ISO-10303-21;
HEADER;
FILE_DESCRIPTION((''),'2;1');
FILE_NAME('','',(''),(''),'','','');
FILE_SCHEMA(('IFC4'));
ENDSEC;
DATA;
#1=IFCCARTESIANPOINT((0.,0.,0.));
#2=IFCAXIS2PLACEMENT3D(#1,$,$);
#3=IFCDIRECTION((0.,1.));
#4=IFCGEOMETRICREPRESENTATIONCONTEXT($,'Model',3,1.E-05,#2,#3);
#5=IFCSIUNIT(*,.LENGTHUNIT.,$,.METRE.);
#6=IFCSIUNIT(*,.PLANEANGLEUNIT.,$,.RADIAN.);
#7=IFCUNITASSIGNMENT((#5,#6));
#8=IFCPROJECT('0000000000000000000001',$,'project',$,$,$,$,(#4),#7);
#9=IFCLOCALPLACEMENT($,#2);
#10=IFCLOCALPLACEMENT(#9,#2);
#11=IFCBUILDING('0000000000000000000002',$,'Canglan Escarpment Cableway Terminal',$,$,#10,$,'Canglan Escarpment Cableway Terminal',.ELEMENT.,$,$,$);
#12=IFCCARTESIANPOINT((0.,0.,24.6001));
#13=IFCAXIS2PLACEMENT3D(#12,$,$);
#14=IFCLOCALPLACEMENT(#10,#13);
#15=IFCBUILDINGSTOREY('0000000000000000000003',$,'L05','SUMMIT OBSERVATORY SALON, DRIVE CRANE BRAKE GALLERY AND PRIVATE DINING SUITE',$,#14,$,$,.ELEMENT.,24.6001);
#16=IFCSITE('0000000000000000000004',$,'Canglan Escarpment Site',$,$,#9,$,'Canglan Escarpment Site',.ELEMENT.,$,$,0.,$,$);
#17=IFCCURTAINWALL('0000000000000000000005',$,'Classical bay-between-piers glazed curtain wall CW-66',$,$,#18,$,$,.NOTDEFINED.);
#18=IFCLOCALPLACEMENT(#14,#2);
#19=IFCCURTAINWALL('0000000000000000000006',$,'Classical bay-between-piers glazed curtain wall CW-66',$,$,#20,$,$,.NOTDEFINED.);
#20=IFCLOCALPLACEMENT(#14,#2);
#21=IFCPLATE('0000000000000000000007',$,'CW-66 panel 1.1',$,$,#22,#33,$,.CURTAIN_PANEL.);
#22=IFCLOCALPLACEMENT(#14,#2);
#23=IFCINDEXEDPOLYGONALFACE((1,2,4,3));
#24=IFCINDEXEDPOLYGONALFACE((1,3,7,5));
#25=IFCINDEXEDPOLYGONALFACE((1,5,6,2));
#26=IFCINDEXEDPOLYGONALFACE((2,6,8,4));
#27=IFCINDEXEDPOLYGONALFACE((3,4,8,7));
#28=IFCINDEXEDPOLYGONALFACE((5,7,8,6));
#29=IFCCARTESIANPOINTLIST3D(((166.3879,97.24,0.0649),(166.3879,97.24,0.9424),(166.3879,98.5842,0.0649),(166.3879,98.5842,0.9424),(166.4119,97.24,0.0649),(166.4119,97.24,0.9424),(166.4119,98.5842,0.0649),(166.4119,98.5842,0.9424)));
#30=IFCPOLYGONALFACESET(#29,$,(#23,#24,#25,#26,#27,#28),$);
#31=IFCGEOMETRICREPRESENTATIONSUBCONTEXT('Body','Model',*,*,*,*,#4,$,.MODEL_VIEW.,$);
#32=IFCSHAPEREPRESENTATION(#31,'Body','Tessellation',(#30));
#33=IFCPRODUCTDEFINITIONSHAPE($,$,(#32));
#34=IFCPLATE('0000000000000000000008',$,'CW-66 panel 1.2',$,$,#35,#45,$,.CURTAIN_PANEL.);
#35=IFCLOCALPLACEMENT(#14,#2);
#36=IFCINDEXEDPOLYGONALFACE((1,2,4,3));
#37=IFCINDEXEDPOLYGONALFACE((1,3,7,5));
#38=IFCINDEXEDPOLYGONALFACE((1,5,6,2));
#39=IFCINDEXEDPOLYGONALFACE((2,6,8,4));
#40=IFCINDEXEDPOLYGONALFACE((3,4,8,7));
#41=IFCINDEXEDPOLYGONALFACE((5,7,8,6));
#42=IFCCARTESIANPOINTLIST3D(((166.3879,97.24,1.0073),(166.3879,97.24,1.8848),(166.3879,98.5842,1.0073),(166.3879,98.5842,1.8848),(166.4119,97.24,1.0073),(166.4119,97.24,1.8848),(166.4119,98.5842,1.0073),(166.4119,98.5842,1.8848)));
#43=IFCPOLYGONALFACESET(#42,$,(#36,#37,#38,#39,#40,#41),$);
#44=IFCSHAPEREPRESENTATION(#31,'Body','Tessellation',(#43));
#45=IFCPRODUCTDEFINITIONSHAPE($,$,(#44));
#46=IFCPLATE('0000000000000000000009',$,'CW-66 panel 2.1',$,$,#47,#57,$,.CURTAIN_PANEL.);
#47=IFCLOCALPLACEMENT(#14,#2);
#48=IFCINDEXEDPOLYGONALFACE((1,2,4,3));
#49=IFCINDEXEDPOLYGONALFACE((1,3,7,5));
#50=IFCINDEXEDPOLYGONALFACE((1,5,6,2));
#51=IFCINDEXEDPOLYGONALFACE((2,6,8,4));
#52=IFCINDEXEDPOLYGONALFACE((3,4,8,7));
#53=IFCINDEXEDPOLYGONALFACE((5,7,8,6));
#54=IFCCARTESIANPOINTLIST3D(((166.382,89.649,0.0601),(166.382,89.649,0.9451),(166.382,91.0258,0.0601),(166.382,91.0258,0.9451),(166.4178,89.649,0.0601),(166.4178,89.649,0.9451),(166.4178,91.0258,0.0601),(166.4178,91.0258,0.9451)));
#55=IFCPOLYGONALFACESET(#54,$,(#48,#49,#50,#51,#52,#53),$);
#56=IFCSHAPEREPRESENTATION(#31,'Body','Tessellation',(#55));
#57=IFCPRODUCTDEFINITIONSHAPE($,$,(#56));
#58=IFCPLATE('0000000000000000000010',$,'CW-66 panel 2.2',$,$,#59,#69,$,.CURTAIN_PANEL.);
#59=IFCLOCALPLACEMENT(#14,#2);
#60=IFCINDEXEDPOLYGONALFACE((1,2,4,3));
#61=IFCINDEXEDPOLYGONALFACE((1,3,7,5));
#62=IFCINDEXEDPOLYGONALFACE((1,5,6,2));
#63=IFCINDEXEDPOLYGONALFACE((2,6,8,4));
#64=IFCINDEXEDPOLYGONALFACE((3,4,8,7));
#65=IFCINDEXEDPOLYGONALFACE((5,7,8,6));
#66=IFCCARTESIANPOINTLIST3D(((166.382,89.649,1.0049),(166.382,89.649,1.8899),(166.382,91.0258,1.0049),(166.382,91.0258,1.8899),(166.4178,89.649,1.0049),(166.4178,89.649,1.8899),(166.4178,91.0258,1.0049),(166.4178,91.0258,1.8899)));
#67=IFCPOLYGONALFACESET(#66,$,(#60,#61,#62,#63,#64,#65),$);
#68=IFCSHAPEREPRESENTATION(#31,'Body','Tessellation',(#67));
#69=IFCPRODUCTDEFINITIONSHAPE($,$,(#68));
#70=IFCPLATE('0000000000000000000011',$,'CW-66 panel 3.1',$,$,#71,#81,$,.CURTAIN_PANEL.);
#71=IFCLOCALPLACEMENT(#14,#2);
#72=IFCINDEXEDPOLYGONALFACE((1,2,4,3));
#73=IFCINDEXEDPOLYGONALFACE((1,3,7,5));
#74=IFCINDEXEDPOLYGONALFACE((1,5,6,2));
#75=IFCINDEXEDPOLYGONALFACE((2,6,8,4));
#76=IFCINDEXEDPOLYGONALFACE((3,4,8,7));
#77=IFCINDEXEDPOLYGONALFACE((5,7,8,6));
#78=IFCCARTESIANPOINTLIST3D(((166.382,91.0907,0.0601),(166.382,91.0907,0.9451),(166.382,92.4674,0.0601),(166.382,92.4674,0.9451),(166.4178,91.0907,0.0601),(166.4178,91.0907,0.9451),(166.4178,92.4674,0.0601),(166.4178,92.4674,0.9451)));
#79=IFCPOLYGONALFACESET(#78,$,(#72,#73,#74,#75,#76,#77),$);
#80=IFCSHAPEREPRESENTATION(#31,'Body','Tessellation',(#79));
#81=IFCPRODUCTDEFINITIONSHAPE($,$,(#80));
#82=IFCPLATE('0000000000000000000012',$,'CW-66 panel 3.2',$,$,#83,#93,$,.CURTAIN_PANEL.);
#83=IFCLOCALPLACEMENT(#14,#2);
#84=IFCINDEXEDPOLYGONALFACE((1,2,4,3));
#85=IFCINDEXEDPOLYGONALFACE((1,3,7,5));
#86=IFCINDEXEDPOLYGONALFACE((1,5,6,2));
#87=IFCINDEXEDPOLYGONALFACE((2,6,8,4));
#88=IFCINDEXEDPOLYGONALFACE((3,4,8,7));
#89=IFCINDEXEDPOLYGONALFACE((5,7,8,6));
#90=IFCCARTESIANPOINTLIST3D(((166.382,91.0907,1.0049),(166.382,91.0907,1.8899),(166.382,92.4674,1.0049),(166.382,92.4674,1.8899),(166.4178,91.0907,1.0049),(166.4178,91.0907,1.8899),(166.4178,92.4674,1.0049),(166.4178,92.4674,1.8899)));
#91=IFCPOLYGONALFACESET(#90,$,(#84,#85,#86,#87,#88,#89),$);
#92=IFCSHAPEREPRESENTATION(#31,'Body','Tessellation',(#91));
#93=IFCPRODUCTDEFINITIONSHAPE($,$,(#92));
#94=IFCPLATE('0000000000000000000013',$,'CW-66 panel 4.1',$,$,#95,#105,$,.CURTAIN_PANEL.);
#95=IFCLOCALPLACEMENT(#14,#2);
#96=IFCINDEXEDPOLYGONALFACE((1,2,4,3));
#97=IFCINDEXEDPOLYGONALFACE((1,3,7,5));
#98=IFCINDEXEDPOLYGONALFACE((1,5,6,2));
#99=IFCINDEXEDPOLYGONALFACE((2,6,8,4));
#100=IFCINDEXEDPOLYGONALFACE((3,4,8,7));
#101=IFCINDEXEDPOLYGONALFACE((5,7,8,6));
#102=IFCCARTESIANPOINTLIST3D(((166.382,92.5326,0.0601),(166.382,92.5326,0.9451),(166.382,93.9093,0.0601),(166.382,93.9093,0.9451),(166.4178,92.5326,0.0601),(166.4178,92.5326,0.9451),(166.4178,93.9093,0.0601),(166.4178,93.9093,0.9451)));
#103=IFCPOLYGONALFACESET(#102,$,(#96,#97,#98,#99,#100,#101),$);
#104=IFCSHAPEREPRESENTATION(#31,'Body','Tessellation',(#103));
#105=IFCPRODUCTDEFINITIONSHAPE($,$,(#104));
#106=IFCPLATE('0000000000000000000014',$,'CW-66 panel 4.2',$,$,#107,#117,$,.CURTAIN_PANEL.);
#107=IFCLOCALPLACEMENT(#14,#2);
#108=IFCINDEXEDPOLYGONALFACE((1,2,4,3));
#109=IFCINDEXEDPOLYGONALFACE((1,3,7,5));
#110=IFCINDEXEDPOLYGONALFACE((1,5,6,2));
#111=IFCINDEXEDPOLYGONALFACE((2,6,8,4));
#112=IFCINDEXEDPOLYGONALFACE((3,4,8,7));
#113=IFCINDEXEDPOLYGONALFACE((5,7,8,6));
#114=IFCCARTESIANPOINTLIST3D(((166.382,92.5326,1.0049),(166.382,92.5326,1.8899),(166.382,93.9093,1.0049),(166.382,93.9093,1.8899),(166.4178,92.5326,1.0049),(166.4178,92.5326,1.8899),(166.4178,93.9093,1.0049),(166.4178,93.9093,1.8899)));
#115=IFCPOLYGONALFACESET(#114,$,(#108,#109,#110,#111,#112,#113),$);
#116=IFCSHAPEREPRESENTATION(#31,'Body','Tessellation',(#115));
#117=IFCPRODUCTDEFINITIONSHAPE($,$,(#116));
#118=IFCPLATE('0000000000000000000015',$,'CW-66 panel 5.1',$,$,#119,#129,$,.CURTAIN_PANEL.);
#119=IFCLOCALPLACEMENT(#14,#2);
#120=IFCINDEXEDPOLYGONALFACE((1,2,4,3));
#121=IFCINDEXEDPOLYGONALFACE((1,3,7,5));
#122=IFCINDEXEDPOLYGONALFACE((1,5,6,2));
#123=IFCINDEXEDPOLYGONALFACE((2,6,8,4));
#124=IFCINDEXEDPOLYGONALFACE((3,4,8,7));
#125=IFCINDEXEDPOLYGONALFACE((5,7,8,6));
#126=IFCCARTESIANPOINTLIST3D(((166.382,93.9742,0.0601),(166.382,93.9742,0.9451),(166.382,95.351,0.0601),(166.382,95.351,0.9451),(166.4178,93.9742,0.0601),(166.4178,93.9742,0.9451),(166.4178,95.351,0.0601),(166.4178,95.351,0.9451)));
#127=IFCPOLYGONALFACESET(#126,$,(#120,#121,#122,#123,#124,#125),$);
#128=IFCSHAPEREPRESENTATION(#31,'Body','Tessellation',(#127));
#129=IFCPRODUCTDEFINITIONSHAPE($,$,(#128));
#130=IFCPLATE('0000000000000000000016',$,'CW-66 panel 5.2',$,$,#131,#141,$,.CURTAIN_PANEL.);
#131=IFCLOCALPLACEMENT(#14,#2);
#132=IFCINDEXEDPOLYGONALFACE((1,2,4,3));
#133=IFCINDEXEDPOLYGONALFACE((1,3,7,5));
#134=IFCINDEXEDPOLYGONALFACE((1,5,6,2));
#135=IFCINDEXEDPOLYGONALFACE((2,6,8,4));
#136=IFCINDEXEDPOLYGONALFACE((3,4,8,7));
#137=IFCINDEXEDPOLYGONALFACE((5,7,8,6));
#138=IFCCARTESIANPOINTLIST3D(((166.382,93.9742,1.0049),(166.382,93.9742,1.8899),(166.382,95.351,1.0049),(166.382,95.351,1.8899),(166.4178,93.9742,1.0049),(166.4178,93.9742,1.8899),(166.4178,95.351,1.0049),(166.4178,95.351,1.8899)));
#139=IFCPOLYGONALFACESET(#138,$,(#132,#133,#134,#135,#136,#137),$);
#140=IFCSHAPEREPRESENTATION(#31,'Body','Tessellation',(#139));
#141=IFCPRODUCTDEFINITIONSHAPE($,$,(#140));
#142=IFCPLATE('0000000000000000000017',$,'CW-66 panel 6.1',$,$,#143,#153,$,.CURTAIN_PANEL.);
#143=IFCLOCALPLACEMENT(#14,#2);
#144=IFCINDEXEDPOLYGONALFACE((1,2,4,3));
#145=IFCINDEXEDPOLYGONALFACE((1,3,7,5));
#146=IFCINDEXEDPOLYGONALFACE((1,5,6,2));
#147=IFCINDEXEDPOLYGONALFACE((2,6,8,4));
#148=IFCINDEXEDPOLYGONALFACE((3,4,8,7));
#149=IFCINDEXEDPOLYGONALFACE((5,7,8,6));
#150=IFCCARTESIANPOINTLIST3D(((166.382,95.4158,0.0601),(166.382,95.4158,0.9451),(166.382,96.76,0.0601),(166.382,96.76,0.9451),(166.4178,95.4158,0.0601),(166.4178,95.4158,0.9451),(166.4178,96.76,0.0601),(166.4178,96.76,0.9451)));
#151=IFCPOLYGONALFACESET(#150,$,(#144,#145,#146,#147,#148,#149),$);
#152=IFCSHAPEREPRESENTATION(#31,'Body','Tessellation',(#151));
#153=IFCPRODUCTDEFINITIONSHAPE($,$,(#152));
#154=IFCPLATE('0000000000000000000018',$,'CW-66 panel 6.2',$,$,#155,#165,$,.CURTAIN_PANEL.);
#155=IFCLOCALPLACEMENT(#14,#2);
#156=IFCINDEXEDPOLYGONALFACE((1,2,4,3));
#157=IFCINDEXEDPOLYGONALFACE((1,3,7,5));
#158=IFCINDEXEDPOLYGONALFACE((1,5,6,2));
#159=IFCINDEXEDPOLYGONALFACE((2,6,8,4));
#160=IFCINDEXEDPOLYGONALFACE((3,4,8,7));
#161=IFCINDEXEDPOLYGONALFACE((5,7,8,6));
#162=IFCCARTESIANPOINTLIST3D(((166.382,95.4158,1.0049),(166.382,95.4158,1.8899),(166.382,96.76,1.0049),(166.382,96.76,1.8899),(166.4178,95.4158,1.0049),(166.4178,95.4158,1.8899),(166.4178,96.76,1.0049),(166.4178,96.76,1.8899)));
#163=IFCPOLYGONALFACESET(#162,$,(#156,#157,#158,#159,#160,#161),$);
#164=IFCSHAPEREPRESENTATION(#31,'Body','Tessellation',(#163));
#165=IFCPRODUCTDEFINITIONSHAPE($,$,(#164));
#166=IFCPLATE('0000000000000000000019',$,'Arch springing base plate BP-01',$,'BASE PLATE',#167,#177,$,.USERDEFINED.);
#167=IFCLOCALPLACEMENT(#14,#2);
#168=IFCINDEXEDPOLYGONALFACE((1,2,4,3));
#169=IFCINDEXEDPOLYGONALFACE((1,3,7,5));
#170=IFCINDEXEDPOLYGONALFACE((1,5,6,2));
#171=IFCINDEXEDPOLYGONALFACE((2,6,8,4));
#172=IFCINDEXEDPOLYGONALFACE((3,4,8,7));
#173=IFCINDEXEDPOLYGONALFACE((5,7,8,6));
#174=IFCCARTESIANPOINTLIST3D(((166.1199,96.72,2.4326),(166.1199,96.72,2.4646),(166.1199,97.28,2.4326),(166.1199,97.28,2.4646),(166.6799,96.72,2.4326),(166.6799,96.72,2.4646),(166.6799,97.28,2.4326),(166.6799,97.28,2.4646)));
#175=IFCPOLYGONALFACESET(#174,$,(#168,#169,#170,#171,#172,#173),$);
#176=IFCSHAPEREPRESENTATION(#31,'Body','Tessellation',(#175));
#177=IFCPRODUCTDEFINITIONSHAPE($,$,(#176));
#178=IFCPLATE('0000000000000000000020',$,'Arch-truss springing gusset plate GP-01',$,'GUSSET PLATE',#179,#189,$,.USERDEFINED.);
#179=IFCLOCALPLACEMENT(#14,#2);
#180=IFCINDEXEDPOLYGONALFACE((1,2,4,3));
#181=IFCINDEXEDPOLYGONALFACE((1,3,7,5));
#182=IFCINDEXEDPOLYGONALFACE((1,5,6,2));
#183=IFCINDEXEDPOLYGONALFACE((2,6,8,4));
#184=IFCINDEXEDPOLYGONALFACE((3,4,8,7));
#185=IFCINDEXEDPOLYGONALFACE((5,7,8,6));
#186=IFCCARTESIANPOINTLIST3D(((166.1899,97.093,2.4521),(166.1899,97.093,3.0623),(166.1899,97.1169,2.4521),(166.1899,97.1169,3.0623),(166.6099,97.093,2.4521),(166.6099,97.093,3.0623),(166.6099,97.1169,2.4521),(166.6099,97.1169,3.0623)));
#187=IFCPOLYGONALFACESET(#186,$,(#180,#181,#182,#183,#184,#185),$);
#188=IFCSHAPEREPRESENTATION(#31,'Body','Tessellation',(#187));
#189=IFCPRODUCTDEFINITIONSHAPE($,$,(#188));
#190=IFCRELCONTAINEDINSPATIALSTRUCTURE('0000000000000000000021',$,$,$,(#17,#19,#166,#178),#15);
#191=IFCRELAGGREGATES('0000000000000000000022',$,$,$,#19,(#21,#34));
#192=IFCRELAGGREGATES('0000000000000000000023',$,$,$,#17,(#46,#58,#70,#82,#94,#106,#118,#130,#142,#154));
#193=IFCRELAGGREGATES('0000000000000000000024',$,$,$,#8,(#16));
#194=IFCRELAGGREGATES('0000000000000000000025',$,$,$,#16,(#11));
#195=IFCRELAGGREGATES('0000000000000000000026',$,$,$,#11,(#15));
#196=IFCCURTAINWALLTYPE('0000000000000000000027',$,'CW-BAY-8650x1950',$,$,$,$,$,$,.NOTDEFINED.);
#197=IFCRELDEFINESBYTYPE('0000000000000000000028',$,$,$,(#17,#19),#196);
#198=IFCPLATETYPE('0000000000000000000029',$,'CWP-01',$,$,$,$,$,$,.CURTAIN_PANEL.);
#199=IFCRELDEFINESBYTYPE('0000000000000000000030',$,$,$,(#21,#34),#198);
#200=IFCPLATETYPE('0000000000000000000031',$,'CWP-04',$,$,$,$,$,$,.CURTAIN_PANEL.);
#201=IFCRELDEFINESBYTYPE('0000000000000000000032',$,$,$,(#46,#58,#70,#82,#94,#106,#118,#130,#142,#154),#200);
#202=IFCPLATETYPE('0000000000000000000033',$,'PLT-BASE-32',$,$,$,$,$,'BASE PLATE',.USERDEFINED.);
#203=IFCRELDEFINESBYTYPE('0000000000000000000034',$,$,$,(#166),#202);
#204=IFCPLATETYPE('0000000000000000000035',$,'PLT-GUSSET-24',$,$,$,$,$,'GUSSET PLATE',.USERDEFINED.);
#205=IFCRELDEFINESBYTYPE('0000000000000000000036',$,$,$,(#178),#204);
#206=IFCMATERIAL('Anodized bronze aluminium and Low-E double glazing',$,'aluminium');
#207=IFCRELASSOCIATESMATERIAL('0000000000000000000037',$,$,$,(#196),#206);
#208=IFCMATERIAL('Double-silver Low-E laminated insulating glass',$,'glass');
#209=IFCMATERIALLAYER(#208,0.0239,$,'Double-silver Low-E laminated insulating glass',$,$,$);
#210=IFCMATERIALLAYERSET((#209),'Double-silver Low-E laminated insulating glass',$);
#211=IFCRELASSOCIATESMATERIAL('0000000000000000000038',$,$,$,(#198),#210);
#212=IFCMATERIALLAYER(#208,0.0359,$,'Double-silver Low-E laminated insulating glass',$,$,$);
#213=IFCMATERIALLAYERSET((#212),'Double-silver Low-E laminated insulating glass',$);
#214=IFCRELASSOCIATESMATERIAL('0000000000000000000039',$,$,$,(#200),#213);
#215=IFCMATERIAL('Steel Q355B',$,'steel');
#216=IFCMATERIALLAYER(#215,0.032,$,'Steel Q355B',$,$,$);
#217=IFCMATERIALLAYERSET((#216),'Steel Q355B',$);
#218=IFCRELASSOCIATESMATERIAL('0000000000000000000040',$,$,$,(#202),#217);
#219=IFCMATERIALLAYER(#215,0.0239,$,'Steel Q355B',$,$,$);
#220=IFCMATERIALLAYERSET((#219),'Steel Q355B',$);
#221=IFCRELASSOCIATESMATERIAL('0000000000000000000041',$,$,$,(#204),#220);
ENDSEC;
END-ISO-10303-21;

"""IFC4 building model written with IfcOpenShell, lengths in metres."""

from ifc_helpers import new_model, si_unit, direction, frame, origin, origin_2d, place, context, subcontext, project, spatial, rectangle, extrude, material, layer, layer_set, type_object, element, aggregate, save


model = new_model("IFC4")

# Units and contexts
model_context = context("Model", 3, precision=1e-05, world=origin(), true_north=direction((0.0, 1.0)))
body_context = subcontext(model_context, "Body", "Model", "MODEL_VIEW")
ifc_project = project(units=[si_unit("LENGTHUNIT", "METRE"), si_unit("PLANEANGLEUNIT", "RADIAN")], contexts=[model_context])

# Site, building, storey
site_placement = place(None, origin())
site = spatial("IfcSite", under=ifc_project, at=site_placement, Name="Canglan Escarpment Site", LongName="Canglan Escarpment Site", CompositionType="ELEMENT", RefElevation=0.0)
building_placement = place(site_placement, origin())
building = spatial("IfcBuilding", under=site, at=building_placement, Name="Canglan Escarpment Cableway Terminal", LongName="Canglan Escarpment Cableway Terminal", CompositionType="ELEMENT")
storey_placement = place(building_placement, frame((0.0, 0.0, 24.6001)))
storey = spatial("IfcBuildingStorey", under=building, at=storey_placement, Name="L05", Description="SUMMIT OBSERVATORY SALON, DRIVE CRANE BRAKE GALLERY AND PRIVATE DINING SUITE", CompositionType="ELEMENT", Elevation=24.6001)

# Shared definitions
ifc_material_1 = material(Name="Steel Q355B", Category="steel")

# Curtain wall
ifc_material_2 = material(Name="Anodized bronze aluminium and Low-E double glazing", Category="aluminium")
curtain_wall_type = type_object("IfcCurtainWallType", Name="CW-BAY-8650x1950", PredefinedType="NOTDEFINED", material=ifc_material_2)
curtain_wall_1_placement = place(storey_placement, origin())
curtain_wall_1 = element("IfcCurtainWall", 1, at=curtain_wall_1_placement, inside=storey, type_object=curtain_wall_type, Name="Classical bay-between-piers glazed curtain wall CW-66", PredefinedType="NOTDEFINED")

# Curtain wall
curtain_wall_2_placement = place(storey_placement, origin())
curtain_wall_2 = element("IfcCurtainWall", 2, at=curtain_wall_2_placement, inside=storey, type_object=curtain_wall_type, Name="Classical bay-between-piers glazed curtain wall CW-66", PredefinedType="NOTDEFINED")

# Plates
ifc_material_3 = material(Name="Double-silver Low-E laminated insulating glass", Category="glass")
ifc_layer_1 = layer(ifc_material_3, 0.0239, Name="Double-silver Low-E laminated insulating glass")
ifc_layer_set_1 = layer_set([ifc_layer_1], Name="Double-silver Low-E laminated insulating glass")
plate_type_1 = type_object("IfcPlateType", Name="CWP-01", PredefinedType="CURTAIN_PANEL", material=ifc_layer_set_1)
plate_1_placement = place(storey_placement, frame((166.3999, 97.9121, 0.0649), z_axis=(0.0, 0.0, 1.0), x_axis=(0.0, 1.0, 0.0)))
plate_1 = element("IfcPlate", 3, at=plate_1_placement, type_object=plate_type_1, Name="CW-66 panel 1.1", PredefinedType="CURTAIN_PANEL", context=body_context, shape_type="SweptSolid", body=[
    extrude(rectangle(XDim=1.3442, YDim=0.0239, at=origin_2d()), origin(), (0.0, 0.0, 1.0), 0.8774),
])
plate_2_placement = place(storey_placement, frame((166.3999, 97.9121, 1.0073), z_axis=(0.0, 0.0, 1.0), x_axis=(0.0, 1.0, 0.0)))
plate_2 = element("IfcPlate", 4, at=plate_2_placement, type_object=plate_type_1, Name="CW-66 panel 1.2", PredefinedType="CURTAIN_PANEL", context=body_context, shape_type="SweptSolid", body=[
    extrude(rectangle(XDim=1.3442, YDim=0.0239, at=origin_2d()), origin(), (0.0, 0.0, 1.0), 0.8774),
])
aggregate(curtain_wall_2, [plate_1, plate_2])
ifc_layer_2 = layer(ifc_material_3, 0.0359, Name="Double-silver Low-E laminated insulating glass")
ifc_layer_set_2 = layer_set([ifc_layer_2], Name="Double-silver Low-E laminated insulating glass")
plate_type_2 = type_object("IfcPlateType", Name="CWP-04", PredefinedType="CURTAIN_PANEL", material=ifc_layer_set_2)
plate_3_placement = place(storey_placement, frame((166.3999, 90.3374, 0.0601), z_axis=(0.0, 0.0, 1.0), x_axis=(0.0, 1.0, 0.0)))
plate_3 = element("IfcPlate", 5, at=plate_3_placement, type_object=plate_type_2, Name="CW-66 panel 2.1", PredefinedType="CURTAIN_PANEL", context=body_context, shape_type="SweptSolid", body=[
    extrude(rectangle(XDim=1.3767, YDim=0.0359, at=origin_2d()), origin(), (0.0, 0.0, 1.0), 0.885),
])
plate_4_placement = place(storey_placement, frame((166.3999, 90.3374, 1.0049), z_axis=(0.0, 0.0, 1.0), x_axis=(0.0, 1.0, 0.0)))
plate_4 = element("IfcPlate", 6, at=plate_4_placement, type_object=plate_type_2, Name="CW-66 panel 2.2", PredefinedType="CURTAIN_PANEL", context=body_context, shape_type="SweptSolid", body=[
    extrude(rectangle(XDim=1.3767, YDim=0.0359, at=origin_2d()), origin(), (0.0, 0.0, 1.0), 0.885),
])
plate_5_placement = place(storey_placement, frame((166.3999, 91.7791, 0.0601), z_axis=(0.0, 0.0, 1.0), x_axis=(0.0, 1.0, 0.0)))
plate_5 = element("IfcPlate", 7, at=plate_5_placement, type_object=plate_type_2, Name="CW-66 panel 3.1", PredefinedType="CURTAIN_PANEL", context=body_context, shape_type="SweptSolid", body=[
    extrude(rectangle(XDim=1.3767, YDim=0.0359, at=origin_2d()), origin(), (0.0, 0.0, 1.0), 0.885),
])
plate_6_placement = place(storey_placement, frame((166.3999, 91.7791, 1.0049), z_axis=(0.0, 0.0, 1.0), x_axis=(0.0, 1.0, 0.0)))
plate_6 = element("IfcPlate", 8, at=plate_6_placement, type_object=plate_type_2, Name="CW-66 panel 3.2", PredefinedType="CURTAIN_PANEL", context=body_context, shape_type="SweptSolid", body=[
    extrude(rectangle(XDim=1.3767, YDim=0.0359, at=origin_2d()), origin(), (0.0, 0.0, 1.0), 0.885),
])
plate_7_placement = place(storey_placement, frame((166.3999, 93.2209, 0.0601), z_axis=(0.0, 0.0, 1.0), x_axis=(0.0, 1.0, 0.0)))
plate_7 = element("IfcPlate", 9, at=plate_7_placement, type_object=plate_type_2, Name="CW-66 panel 4.1", PredefinedType="CURTAIN_PANEL", context=body_context, shape_type="SweptSolid", body=[
    extrude(rectangle(XDim=1.3767, YDim=0.0359, at=origin_2d()), origin(), (0.0, 0.0, 1.0), 0.885),
])
plate_8_placement = place(storey_placement, frame((166.3999, 93.2209, 1.0049), z_axis=(0.0, 0.0, 1.0), x_axis=(0.0, 1.0, 0.0)))
plate_8 = element("IfcPlate", 10, at=plate_8_placement, type_object=plate_type_2, Name="CW-66 panel 4.2", PredefinedType="CURTAIN_PANEL", context=body_context, shape_type="SweptSolid", body=[
    extrude(rectangle(XDim=1.3767, YDim=0.0359, at=origin_2d()), origin(), (0.0, 0.0, 1.0), 0.885),
])
plate_9_placement = place(storey_placement, frame((166.3999, 94.6626, 0.0601), z_axis=(0.0, 0.0, 1.0), x_axis=(0.0, 1.0, 0.0)))
plate_9 = element("IfcPlate", 11, at=plate_9_placement, type_object=plate_type_2, Name="CW-66 panel 5.1", PredefinedType="CURTAIN_PANEL", context=body_context, shape_type="SweptSolid", body=[
    extrude(rectangle(XDim=1.3767, YDim=0.0359, at=origin_2d()), origin(), (0.0, 0.0, 1.0), 0.885),
])
plate_10_placement = place(storey_placement, frame((166.3999, 94.6626, 1.0049), z_axis=(0.0, 0.0, 1.0), x_axis=(0.0, 1.0, 0.0)))
plate_10 = element("IfcPlate", 12, at=plate_10_placement, type_object=plate_type_2, Name="CW-66 panel 5.2", PredefinedType="CURTAIN_PANEL", context=body_context, shape_type="SweptSolid", body=[
    extrude(rectangle(XDim=1.3767, YDim=0.0359, at=origin_2d()), origin(), (0.0, 0.0, 1.0), 0.885),
])
plate_11_placement = place(storey_placement, frame((166.3999, 96.0879, 0.0601), z_axis=(0.0, 0.0, 1.0), x_axis=(0.0, 1.0, 0.0)))
plate_11 = element("IfcPlate", 13, at=plate_11_placement, type_object=plate_type_2, Name="CW-66 panel 6.1", PredefinedType="CURTAIN_PANEL", context=body_context, shape_type="SweptSolid", body=[
    extrude(rectangle(XDim=1.3442, YDim=0.0359, at=origin_2d()), origin(), (0.0, 0.0, 1.0), 0.885),
])
plate_12_placement = place(storey_placement, frame((166.3999, 96.0879, 1.0049), z_axis=(0.0, 0.0, 1.0), x_axis=(0.0, 1.0, 0.0)))
plate_12 = element("IfcPlate", 14, at=plate_12_placement, type_object=plate_type_2, Name="CW-66 panel 6.2", PredefinedType="CURTAIN_PANEL", context=body_context, shape_type="SweptSolid", body=[
    extrude(rectangle(XDim=1.3442, YDim=0.0359, at=origin_2d()), origin(), (0.0, 0.0, 1.0), 0.885),
])
aggregate(curtain_wall_1, [plate_3, plate_4, plate_5, plate_6, plate_7, plate_8, plate_9, plate_10, plate_11, plate_12])

# Plates
ifc_layer_3 = layer(ifc_material_1, 0.032, Name="Steel Q355B")
ifc_layer_set_3 = layer_set([ifc_layer_3], Name="Steel Q355B")
plate_type_3 = type_object("IfcPlateType", Name="PLT-BASE-32", ElementType="BASE PLATE", PredefinedType="USERDEFINED", material=ifc_layer_set_3)
plate_13_placement = place(storey_placement, frame((166.3999, 97.0, 2.4326), z_axis=(0.0, 0.0, 1.0), x_axis=(1.0, 0.0, 0.0)))
element("IfcPlate", 15, at=plate_13_placement, inside=storey, type_object=plate_type_3, Name="Arch springing base plate BP-01", ObjectType="BASE PLATE", PredefinedType="USERDEFINED", context=body_context, shape_type="SweptSolid", body=[
    extrude(rectangle(XDim=0.5601, YDim=0.5601, at=origin_2d()), origin(), (0.0, 0.0, 1.0), 0.032),
])
ifc_layer_4 = layer(ifc_material_1, 0.0239, Name="Steel Q355B")
ifc_layer_set_4 = layer_set([ifc_layer_4], Name="Steel Q355B")
plate_type_4 = type_object("IfcPlateType", Name="PLT-GUSSET-24", ElementType="GUSSET PLATE", PredefinedType="USERDEFINED", material=ifc_layer_set_4)
plate_14_placement = place(storey_placement, frame((166.3999, 97.105, 2.4521), z_axis=(0.0, 0.0, 1.0), x_axis=(1.0, 0.0, 0.0)))
element("IfcPlate", 16, at=plate_14_placement, inside=storey, type_object=plate_type_4, Name="Arch-truss springing gusset plate GP-01", ObjectType="GUSSET PLATE", PredefinedType="USERDEFINED", context=body_context, shape_type="SweptSolid", body=[
    extrude(rectangle(XDim=0.4199, YDim=0.0239, at=origin_2d()), origin(), (0.0, 0.0, 1.0), 0.6101),
])

save(model, "model.ifc")
